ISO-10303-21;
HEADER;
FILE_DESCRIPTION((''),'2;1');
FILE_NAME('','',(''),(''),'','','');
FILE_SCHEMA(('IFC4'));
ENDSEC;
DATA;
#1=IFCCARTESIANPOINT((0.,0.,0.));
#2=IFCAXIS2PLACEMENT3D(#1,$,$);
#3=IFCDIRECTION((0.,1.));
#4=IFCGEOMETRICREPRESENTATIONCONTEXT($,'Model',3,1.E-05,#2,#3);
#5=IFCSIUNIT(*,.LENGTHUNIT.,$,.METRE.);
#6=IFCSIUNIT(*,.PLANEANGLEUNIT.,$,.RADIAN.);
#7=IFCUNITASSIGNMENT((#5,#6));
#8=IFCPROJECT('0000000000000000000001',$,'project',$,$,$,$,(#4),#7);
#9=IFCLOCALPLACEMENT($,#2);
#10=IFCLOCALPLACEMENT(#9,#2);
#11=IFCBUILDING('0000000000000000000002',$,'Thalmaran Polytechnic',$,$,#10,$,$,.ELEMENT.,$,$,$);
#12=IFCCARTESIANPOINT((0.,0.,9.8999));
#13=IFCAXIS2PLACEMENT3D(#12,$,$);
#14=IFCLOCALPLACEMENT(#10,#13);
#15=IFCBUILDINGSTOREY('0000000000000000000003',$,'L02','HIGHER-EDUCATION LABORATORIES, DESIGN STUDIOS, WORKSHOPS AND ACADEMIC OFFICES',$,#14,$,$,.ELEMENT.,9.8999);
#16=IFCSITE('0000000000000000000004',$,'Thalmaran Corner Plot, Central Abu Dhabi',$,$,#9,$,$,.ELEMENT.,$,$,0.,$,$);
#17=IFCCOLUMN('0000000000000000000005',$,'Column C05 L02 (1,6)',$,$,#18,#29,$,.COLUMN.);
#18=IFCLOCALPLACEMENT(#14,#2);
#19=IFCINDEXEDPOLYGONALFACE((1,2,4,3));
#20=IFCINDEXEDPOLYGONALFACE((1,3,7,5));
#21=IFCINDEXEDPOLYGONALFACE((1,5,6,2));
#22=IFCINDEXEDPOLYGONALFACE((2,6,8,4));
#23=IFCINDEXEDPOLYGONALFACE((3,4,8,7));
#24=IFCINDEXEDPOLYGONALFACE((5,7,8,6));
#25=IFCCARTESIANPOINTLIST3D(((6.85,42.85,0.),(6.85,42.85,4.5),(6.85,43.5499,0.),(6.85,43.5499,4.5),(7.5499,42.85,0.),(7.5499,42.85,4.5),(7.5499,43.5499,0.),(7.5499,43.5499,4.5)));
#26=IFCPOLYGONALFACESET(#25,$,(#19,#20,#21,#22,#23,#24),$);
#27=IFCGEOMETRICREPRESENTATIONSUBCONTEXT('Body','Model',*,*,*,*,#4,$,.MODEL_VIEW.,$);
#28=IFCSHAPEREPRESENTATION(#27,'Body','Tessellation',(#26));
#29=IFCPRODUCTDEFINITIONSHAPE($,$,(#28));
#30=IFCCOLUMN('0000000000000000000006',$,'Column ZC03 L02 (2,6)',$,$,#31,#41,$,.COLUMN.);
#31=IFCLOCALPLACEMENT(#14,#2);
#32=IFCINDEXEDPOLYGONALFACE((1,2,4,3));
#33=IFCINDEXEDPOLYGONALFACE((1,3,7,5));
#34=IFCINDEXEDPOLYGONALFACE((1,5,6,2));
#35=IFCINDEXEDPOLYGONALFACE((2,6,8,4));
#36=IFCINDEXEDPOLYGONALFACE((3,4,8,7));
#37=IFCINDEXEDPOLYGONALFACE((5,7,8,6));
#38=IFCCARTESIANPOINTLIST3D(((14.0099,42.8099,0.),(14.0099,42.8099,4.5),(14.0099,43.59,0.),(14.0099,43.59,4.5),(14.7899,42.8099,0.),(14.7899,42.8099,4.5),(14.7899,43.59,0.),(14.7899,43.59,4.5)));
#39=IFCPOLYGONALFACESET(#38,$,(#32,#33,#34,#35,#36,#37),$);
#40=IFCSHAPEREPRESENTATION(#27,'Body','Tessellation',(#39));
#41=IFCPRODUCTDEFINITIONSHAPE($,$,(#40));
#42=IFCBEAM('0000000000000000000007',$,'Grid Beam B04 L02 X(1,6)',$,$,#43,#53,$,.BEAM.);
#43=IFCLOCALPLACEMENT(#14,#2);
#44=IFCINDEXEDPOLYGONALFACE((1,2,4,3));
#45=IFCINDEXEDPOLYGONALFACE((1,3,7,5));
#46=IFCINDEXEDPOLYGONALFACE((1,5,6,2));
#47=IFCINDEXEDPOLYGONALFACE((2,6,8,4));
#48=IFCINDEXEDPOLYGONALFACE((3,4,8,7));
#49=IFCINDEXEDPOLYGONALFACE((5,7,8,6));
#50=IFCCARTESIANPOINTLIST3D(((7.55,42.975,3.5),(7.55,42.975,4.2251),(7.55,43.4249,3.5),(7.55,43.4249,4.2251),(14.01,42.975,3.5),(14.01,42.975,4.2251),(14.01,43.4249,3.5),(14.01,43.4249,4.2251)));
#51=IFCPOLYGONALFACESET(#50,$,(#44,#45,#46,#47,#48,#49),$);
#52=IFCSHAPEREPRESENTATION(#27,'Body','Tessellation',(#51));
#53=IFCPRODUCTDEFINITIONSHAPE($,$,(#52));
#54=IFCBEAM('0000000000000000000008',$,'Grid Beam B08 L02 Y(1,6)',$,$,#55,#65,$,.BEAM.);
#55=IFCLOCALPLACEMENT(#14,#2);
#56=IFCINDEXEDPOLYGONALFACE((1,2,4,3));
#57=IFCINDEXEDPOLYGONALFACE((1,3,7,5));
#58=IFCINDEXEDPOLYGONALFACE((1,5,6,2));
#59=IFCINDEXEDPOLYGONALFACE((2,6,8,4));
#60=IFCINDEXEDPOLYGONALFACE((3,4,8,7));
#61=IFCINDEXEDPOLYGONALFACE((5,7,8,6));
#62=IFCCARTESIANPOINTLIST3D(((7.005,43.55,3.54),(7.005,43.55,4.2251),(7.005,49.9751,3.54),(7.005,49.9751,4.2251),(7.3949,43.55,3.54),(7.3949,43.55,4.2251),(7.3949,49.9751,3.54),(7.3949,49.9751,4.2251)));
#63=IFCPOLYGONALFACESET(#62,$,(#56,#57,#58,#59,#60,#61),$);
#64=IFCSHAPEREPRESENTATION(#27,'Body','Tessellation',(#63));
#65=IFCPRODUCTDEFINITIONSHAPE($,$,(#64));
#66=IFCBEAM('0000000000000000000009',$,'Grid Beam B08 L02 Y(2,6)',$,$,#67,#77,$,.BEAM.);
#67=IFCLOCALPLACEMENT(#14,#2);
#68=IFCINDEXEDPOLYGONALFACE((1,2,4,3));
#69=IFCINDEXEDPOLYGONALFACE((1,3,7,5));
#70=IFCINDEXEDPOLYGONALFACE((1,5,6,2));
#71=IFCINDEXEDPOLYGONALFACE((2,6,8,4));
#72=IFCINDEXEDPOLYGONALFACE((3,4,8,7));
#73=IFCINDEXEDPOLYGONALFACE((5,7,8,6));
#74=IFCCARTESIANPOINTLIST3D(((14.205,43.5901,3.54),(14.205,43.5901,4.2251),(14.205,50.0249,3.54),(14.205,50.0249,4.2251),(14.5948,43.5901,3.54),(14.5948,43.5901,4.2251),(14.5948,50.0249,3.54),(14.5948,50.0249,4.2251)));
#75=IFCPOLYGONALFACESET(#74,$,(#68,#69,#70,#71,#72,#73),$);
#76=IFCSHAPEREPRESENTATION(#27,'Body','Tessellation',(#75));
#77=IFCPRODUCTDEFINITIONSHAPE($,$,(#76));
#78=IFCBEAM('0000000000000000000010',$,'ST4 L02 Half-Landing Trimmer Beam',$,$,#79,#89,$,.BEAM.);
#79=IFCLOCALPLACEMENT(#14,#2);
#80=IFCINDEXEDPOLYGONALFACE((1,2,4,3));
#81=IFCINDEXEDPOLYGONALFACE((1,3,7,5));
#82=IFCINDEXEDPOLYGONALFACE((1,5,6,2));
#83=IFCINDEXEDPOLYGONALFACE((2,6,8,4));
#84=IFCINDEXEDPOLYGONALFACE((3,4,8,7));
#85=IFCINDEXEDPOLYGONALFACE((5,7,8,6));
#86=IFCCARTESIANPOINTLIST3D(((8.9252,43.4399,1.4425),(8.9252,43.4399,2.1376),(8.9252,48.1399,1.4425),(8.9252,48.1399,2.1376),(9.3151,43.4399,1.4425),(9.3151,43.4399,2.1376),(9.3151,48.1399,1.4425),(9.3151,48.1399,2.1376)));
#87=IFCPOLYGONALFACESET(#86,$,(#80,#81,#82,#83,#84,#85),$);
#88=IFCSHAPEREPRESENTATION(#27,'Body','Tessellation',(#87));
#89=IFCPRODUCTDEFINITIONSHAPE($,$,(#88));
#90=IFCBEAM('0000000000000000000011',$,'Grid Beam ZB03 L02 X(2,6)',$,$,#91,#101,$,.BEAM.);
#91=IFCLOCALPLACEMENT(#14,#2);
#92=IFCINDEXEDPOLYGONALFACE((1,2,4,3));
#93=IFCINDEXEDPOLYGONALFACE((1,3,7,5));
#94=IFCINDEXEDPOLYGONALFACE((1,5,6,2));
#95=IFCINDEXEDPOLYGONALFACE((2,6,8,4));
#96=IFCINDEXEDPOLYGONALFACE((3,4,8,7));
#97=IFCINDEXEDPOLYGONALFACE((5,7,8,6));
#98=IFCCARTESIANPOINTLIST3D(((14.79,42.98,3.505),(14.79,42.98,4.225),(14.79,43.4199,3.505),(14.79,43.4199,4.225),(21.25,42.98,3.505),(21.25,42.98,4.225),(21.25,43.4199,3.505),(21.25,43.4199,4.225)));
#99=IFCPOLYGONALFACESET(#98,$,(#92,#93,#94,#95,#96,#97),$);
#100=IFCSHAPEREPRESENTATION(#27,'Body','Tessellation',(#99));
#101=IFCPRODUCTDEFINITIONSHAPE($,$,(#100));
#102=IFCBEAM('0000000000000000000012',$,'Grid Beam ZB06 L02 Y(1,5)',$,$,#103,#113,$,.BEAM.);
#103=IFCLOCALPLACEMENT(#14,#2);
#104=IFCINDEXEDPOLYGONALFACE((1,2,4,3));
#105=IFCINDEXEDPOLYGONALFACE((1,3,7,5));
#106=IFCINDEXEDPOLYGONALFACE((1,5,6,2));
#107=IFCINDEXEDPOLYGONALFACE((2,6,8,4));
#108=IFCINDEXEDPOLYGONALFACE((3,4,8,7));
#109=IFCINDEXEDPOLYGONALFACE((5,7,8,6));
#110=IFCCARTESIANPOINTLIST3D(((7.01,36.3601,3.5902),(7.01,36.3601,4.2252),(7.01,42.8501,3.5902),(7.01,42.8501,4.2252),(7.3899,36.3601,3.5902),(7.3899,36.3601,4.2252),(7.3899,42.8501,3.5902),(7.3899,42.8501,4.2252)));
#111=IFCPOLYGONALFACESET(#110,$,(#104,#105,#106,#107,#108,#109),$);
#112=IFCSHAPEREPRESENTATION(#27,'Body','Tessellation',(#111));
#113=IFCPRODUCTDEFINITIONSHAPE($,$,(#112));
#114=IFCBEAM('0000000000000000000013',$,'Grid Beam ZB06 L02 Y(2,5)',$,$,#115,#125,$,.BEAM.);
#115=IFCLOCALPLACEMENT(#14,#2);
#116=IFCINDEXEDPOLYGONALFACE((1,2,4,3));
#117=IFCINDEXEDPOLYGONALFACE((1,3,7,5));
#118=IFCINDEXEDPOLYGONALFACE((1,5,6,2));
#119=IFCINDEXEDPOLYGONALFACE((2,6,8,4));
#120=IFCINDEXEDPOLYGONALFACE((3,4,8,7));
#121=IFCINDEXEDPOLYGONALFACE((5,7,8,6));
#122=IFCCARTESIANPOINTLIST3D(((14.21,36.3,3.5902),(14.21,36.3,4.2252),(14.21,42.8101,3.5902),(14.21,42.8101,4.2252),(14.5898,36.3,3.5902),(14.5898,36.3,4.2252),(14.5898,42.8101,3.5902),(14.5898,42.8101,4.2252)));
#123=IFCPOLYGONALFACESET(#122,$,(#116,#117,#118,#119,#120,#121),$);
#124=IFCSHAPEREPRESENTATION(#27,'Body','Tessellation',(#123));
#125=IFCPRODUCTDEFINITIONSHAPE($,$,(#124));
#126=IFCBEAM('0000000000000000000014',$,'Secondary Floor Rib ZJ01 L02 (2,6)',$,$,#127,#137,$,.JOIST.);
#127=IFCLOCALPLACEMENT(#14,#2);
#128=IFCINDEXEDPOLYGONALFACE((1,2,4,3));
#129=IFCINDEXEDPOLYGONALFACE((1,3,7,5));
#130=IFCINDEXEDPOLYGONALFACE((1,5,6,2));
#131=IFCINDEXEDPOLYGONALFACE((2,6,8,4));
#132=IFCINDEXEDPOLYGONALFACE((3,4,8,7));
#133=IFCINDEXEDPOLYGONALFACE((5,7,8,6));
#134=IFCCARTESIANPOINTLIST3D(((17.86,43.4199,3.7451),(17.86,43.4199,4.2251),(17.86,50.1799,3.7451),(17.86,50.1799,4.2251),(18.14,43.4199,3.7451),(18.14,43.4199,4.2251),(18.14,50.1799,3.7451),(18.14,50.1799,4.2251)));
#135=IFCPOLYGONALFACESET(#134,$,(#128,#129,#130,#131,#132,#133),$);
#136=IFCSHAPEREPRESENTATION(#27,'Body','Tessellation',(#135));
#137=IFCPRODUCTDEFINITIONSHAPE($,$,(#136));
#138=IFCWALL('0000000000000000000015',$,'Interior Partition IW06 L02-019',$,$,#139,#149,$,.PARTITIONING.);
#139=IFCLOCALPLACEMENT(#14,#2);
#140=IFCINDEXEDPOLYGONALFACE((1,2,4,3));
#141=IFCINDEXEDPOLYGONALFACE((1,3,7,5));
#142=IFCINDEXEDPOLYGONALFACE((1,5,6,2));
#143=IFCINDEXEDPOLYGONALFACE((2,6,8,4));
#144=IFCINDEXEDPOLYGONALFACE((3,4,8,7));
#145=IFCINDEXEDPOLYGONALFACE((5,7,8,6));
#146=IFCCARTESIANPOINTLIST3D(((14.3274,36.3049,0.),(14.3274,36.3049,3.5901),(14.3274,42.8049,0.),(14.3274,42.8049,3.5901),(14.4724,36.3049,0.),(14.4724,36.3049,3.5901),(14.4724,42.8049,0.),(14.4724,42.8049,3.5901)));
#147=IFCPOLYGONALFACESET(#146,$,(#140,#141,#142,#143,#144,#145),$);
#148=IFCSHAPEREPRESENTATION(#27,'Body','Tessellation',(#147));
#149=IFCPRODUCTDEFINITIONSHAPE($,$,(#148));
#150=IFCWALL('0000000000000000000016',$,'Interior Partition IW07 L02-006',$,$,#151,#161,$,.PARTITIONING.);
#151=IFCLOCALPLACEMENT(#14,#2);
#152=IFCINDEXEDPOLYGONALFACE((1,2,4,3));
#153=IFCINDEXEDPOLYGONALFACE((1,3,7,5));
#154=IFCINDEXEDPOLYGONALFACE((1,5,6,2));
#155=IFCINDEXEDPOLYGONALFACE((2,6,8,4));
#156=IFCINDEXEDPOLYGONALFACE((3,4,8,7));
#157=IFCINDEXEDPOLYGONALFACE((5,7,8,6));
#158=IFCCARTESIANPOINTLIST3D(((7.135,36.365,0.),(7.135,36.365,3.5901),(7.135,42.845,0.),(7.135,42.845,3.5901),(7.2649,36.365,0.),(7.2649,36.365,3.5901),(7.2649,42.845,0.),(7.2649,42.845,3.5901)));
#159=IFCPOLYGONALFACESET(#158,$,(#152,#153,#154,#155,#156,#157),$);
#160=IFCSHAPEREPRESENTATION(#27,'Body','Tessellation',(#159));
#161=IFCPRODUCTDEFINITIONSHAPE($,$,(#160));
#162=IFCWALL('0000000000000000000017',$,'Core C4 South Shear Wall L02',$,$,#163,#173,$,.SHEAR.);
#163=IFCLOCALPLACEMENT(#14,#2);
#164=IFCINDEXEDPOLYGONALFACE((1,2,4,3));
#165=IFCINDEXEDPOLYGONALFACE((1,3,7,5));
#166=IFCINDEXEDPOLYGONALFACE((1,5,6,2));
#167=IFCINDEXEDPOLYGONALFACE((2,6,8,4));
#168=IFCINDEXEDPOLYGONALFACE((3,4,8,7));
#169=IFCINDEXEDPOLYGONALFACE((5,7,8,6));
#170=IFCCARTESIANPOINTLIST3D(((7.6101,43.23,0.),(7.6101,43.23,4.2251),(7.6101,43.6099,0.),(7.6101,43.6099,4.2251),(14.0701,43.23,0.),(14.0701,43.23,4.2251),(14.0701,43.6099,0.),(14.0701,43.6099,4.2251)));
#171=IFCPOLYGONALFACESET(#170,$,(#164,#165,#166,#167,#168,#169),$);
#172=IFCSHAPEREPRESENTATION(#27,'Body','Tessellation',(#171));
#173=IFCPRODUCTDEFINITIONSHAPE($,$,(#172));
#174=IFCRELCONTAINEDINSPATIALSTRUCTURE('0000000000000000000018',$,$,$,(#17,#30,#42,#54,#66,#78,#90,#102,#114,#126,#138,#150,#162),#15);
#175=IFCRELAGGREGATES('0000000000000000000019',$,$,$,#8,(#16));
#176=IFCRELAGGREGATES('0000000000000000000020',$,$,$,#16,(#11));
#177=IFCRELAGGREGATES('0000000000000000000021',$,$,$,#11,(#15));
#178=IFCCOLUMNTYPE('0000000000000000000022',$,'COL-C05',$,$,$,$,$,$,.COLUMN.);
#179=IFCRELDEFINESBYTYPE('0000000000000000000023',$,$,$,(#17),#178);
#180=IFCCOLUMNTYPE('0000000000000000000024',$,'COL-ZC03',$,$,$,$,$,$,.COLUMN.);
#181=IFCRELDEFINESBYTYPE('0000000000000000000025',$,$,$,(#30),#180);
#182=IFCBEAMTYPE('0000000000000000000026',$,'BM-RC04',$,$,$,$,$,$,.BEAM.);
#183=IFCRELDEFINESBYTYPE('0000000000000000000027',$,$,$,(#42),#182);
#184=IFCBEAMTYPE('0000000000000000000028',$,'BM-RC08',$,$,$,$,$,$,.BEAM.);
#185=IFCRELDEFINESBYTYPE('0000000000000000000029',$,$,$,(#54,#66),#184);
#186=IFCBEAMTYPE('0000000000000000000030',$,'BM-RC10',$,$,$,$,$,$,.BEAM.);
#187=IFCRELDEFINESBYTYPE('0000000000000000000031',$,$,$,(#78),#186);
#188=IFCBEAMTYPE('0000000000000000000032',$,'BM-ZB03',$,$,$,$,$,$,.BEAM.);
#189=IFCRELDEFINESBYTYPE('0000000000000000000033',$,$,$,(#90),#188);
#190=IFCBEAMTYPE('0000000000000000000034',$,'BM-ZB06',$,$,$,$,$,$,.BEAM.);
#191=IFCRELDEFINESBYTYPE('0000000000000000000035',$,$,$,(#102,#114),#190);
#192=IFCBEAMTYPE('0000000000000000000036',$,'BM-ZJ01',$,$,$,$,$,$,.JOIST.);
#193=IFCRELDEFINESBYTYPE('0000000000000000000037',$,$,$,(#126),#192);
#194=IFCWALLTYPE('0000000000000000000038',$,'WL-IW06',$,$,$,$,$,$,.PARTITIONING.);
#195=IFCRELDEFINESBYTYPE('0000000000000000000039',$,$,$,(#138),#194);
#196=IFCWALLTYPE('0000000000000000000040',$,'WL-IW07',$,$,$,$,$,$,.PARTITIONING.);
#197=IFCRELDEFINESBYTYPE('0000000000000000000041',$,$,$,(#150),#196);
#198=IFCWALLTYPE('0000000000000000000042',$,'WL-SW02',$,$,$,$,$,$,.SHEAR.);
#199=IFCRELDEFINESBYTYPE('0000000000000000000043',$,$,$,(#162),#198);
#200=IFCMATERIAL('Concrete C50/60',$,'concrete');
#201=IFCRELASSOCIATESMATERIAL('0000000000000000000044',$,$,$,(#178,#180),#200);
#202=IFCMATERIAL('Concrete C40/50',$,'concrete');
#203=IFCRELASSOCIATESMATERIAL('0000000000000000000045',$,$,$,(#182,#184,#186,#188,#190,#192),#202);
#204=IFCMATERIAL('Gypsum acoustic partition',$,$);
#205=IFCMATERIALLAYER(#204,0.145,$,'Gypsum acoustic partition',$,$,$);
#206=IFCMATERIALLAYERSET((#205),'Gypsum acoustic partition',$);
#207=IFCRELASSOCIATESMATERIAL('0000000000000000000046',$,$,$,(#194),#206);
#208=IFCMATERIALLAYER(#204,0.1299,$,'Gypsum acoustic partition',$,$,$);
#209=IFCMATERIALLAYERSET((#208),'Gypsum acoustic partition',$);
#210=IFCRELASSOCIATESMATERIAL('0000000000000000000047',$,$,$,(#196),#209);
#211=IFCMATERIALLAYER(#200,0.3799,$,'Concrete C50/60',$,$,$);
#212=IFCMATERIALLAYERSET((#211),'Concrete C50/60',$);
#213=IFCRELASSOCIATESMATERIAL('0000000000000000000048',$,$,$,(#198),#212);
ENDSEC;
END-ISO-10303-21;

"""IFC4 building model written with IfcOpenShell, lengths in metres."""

from ifc_helpers import new_model, si_unit, direction, frame, frame_2d, origin, origin_2d, place, context, subcontext, project, spatial, rectangle, extrude, material, layer, layer_set, material_profile, profile_set, type_object, element, save


model = new_model("IFC4")

# Units and contexts
model_context = context("Model", 3, precision=1e-05, world=origin(), true_north=direction((0.0, 1.0)))
body_context = subcontext(model_context, "Body", "Model", "MODEL_VIEW")
ifc_project = project(units=[si_unit("LENGTHUNIT", "METRE"), si_unit("PLANEANGLEUNIT", "RADIAN")], contexts=[model_context])

# Site, building, storey
site_placement = place(None, origin())
site = spatial("IfcSite", under=ifc_project, at=site_placement, Name="Thalmaran Corner Plot, Central Abu Dhabi", CompositionType="ELEMENT", RefElevation=0.0)
building_placement = place(site_placement, origin())
building = spatial("IfcBuilding", under=site, at=building_placement, Name="Thalmaran Polytechnic", CompositionType="ELEMENT")
storey_placement = place(building_placement, frame((0.0, 0.0, 9.8999)))
storey = spatial("IfcBuildingStorey", under=building, at=storey_placement, Name="L02", Description="HIGHER-EDUCATION LABORATORIES, DESIGN STUDIOS, WORKSHOPS AND ACADEMIC OFFICES", CompositionType="ELEMENT", Elevation=9.8999)

# Columns
ifc_material_1 = material(Name="Concrete C50/60", Category="concrete")
ifc_material_profile_1 = material_profile(ifc_material_1, rectangle(XDim=0.7, YDim=0.7, at=origin_2d()), Name="RC 700x700")
ifc_profile_set_1 = profile_set([ifc_material_profile_1], Name="Concrete C50/60")
column_type_1 = type_object("IfcColumnType", Name="COL-C05", PredefinedType="COLUMN", material=ifc_profile_set_1)
column_1_placement = place(storey_placement, frame((7.2, 43.2, 0.0), z_axis=(0.0, 0.0, 1.0), x_axis=(1.0, 0.0, 0.0)))
element("IfcColumn", 1, at=column_1_placement, inside=storey, type_object=column_type_1, Name="Column C05 L02 (1,6)", PredefinedType="COLUMN", context=body_context, shape_type="SweptSolid", body=[
    extrude(rectangle(XDim=0.7, YDim=0.7, at=origin_2d()), origin(), (0.0, 0.0, 1.0), 4.5),
])
ifc_material_profile_2 = material_profile(ifc_material_1, rectangle(XDim=0.78, YDim=0.78, at=origin_2d()), Name="RC 780x780")
ifc_profile_set_2 = profile_set([ifc_material_profile_2], Name="Concrete C50/60")
column_type_2 = type_object("IfcColumnType", Name="COL-ZC03", PredefinedType="COLUMN", material=ifc_profile_set_2)
column_2_placement = place(storey_placement, frame((14.3999, 43.2, 0.0), z_axis=(0.0, 0.0, 1.0), x_axis=(1.0, 0.0, 0.0)))
element("IfcColumn", 2, at=column_2_placement, inside=storey, type_object=column_type_2, Name="Column ZC03 L02 (2,6)", PredefinedType="COLUMN", context=body_context, shape_type="SweptSolid", body=[
    extrude(rectangle(XDim=0.78, YDim=0.78, at=origin_2d()), origin(), (0.0, 0.0, 1.0), 4.5),
])

# Beams
ifc_material_2 = material(Name="Concrete C40/50", Category="concrete")
ifc_material_profile_3 = material_profile(ifc_material_2, rectangle(XDim=0.45, YDim=0.7251, at=origin_2d()), Name="RC 450x725")
ifc_profile_set_3 = profile_set([ifc_material_profile_3], Name="Concrete C40/50")
beam_type_1 = type_object("IfcBeamType", Name="BM-RC04", PredefinedType="BEAM", material=ifc_profile_set_3)
beam_1_placement = place(storey_placement, frame((7.55, 43.2, 3.8625), z_axis=(1.0, 0.0, 0.0), x_axis=(0.0, 1.0, 0.0)))
element("IfcBeam", 3, at=beam_1_placement, inside=storey, type_object=beam_type_1, Name="Grid Beam B04 L02 X(1,6)", PredefinedType="BEAM", context=body_context, shape_type="SweptSolid", body=[
    extrude(rectangle(XDim=0.45, YDim=0.7251, at=origin_2d()), origin(), (0.0, 0.0, 1.0), 6.46),
])
ifc_material_profile_4 = material_profile(ifc_material_2, rectangle(XDim=0.3899, YDim=0.6851, at=origin_2d()), Name="RC 390x685")
ifc_profile_set_4 = profile_set([ifc_material_profile_4], Name="Concrete C40/50")
beam_type_2 = type_object("IfcBeamType", Name="BM-RC08", PredefinedType="BEAM", material=ifc_profile_set_4)
beam_2_placement = place(storey_placement, frame((7.2, 43.55, 3.8826), z_axis=(0.0, 1.0, 0.0), x_axis=(-1.0, 0.0, 0.0)))
element("IfcBeam", 4, at=beam_2_placement, inside=storey, type_object=beam_type_2, Name="Grid Beam B08 L02 Y(1,6)", PredefinedType="BEAM", context=body_context, shape_type="SweptSolid", body=[
    extrude(rectangle(XDim=0.3899, YDim=0.6851, at=origin_2d()), origin(), (0.0, 0.0, 1.0), 6.425),
])
beam_3_placement = place(storey_placement, frame((14.3999, 43.5901, 3.8826), z_axis=(0.0, 1.0, 0.0), x_axis=(-1.0, 0.0, 0.0)))
element("IfcBeam", 5, at=beam_3_placement, inside=storey, type_object=beam_type_2, Name="Grid Beam B08 L02 Y(2,6)", PredefinedType="BEAM", context=body_context, shape_type="SweptSolid", body=[
    extrude(rectangle(XDim=0.3899, YDim=0.6851, at=origin_2d()), origin(), (0.0, 0.0, 1.0), 6.4348),
])
ifc_material_profile_5 = material_profile(ifc_material_2, rectangle(XDim=0.3899, YDim=0.6951, at=origin_2d()), Name="RC 390x695")
ifc_profile_set_5 = profile_set([ifc_material_profile_5], Name="Concrete C40/50")
beam_type_3 = type_object("IfcBeamType", Name="BM-RC10", PredefinedType="BEAM", material=ifc_profile_set_5)
beam_4_placement = place(storey_placement, frame((9.1201, 43.4399, 1.79), z_axis=(0.0, 1.0, 0.0), x_axis=(-1.0, 0.0, 0.0)))
element("IfcBeam", 6, at=beam_4_placement, inside=storey, type_object=beam_type_3, Name="ST4 L02 Half-Landing Trimmer Beam", PredefinedType="BEAM", context=body_context, shape_type="SweptSolid", body=[
    extrude(rectangle(XDim=0.3899, YDim=0.6951, at=origin_2d()), origin(), (0.0, 0.0, 1.0), 4.7),
])
ifc_material_profile_6 = material_profile(ifc_material_2, rectangle(XDim=0.4399, YDim=0.72, at=origin_2d()), Name="RC 440x720")
ifc_profile_set_6 = profile_set([ifc_material_profile_6], Name="Concrete C40/50")
beam_type_4 = type_object("IfcBeamType", Name="BM-ZB03", PredefinedType="BEAM", material=ifc_profile_set_6)
beam_5_placement = place(storey_placement, frame((14.79, 43.2, 3.865), z_axis=(1.0, 0.0, 0.0), x_axis=(0.0, 1.0, 0.0)))
element("IfcBeam", 7, at=beam_5_placement, inside=storey, type_object=beam_type_4, Name="Grid Beam ZB03 L02 X(2,6)", PredefinedType="BEAM", context=body_context, shape_type="SweptSolid", body=[
    extrude(rectangle(XDim=0.4399, YDim=0.72, at=origin_2d()), origin(), (0.0, 0.0, 1.0), 6.46),
])
ifc_material_profile_7 = material_profile(ifc_material_2, rectangle(XDim=0.3799, YDim=0.635, at=origin_2d()), Name="RC 380x635")
ifc_profile_set_7 = profile_set([ifc_material_profile_7], Name="Concrete C40/50")
beam_type_5 = type_object("IfcBeamType", Name="BM-ZB06", PredefinedType="BEAM", material=ifc_profile_set_7)
beam_6_placement = place(storey_placement, frame((7.2, 36.3601, 3.9077), z_axis=(0.0, 1.0, 0.0), x_axis=(-1.0, 0.0, 0.0)))
element("IfcBeam", 8, at=beam_6_placement, inside=storey, type_object=beam_type_5, Name="Grid Beam ZB06 L02 Y(1,5)", PredefinedType="BEAM", context=body_context, shape_type="SweptSolid", body=[
    extrude(rectangle(XDim=0.3799, YDim=0.635, at=origin_2d()), origin(), (0.0, 0.0, 1.0), 6.49),
])
beam_7_placement = place(storey_placement, frame((14.3999, 36.3, 3.9077), z_axis=(0.0, 1.0, 0.0), x_axis=(-1.0, 0.0, 0.0)))
element("IfcBeam", 9, at=beam_7_placement, inside=storey, type_object=beam_type_5, Name="Grid Beam ZB06 L02 Y(2,5)", PredefinedType="BEAM", context=body_context, shape_type="SweptSolid", body=[
    extrude(rectangle(XDim=0.3799, YDim=0.635, at=origin_2d()), origin(), (0.0, 0.0, 1.0), 6.51),
])
ifc_material_profile_8 = material_profile(ifc_material_2, rectangle(XDim=0.28, YDim=0.48, at=origin_2d()), Name="RC 280x480")
ifc_profile_set_8 = profile_set([ifc_material_profile_8], Name="Concrete C40/50")
beam_type_6 = type_object("IfcBeamType", Name="BM-ZJ01", PredefinedType="JOIST", material=ifc_profile_set_8)
beam_8_placement = place(storey_placement, frame((18.0, 43.4199, 3.9851), z_axis=(0.0, 1.0, 0.0), x_axis=(-1.0, 0.0, 0.0)))
element("IfcBeam", 10, at=beam_8_placement, inside=storey, type_object=beam_type_6, Name="Secondary Floor Rib ZJ01 L02 (2,6)", PredefinedType="JOIST", context=body_context, shape_type="SweptSolid", body=[
    extrude(rectangle(XDim=0.28, YDim=0.48, at=origin_2d()), origin(), (0.0, 0.0, 1.0), 6.76),
])

# Walls
ifc_material_3 = material(Name="Gypsum acoustic partition")
ifc_layer_1 = layer(ifc_material_3, 0.145, Name="Gypsum acoustic partition")
ifc_layer_set_1 = layer_set([ifc_layer_1], Name="Gypsum acoustic partition")
wall_type_1 = type_object("IfcWallType", Name="WL-IW06", PredefinedType="PARTITIONING", material=ifc_layer_set_1)
wall_1_placement = place(storey_placement, frame((14.3999, 36.3049, 0.0), z_axis=(0.0, 0.0, 1.0), x_axis=(0.0, 1.0, 0.0)))
element("IfcWall", 11, at=wall_1_placement, inside=storey, type_object=wall_type_1, Name="Interior Partition IW06 L02-019", PredefinedType="PARTITIONING", context=body_context, shape_type="SweptSolid", body=[
    extrude(rectangle(XDim=6.5, YDim=0.145, at=frame_2d((3.25, 0.0))), origin(), (0.0, 0.0, 1.0), 3.5901),
])
ifc_layer_2 = layer(ifc_material_3, 0.1299, Name="Gypsum acoustic partition")
ifc_layer_set_2 = layer_set([ifc_layer_2], Name="Gypsum acoustic partition")
wall_type_2 = type_object("IfcWallType", Name="WL-IW07", PredefinedType="PARTITIONING", material=ifc_layer_set_2)
wall_2_placement = place(storey_placement, frame((7.2, 36.365, 0.0), z_axis=(0.0, 0.0, 1.0), x_axis=(0.0, 1.0, 0.0)))
element("IfcWall", 12, at=wall_2_placement, inside=storey, type_object=wall_type_2, Name="Interior Partition IW07 L02-006", PredefinedType="PARTITIONING", context=body_context, shape_type="SweptSolid", body=[
    extrude(rectangle(XDim=6.48, YDim=0.1299, at=frame_2d((3.24, 0.0))), origin(), (0.0, 0.0, 1.0), 3.5901),
])
ifc_layer_3 = layer(ifc_material_1, 0.3799, Name="Concrete C50/60")
ifc_layer_set_3 = layer_set([ifc_layer_3], Name="Concrete C50/60")
wall_type_3 = type_object("IfcWallType", Name="WL-SW02", PredefinedType="SHEAR", material=ifc_layer_set_3)
wall_3_placement = place(storey_placement, frame((7.6101, 43.4199, 0.0), z_axis=(0.0, 0.0, 1.0), x_axis=(1.0, 0.0, 0.0)))
element("IfcWall", 13, at=wall_3_placement, inside=storey, type_object=wall_type_3, Name="Core C4 South Shear Wall L02", PredefinedType="SHEAR", context=body_context, shape_type="SweptSolid", body=[
    extrude(rectangle(XDim=6.46, YDim=0.3799, at=frame_2d((3.23, 0.0))), origin(), (0.0, 0.0, 1.0), 4.2251),
])

save(model, "model.ifc")
